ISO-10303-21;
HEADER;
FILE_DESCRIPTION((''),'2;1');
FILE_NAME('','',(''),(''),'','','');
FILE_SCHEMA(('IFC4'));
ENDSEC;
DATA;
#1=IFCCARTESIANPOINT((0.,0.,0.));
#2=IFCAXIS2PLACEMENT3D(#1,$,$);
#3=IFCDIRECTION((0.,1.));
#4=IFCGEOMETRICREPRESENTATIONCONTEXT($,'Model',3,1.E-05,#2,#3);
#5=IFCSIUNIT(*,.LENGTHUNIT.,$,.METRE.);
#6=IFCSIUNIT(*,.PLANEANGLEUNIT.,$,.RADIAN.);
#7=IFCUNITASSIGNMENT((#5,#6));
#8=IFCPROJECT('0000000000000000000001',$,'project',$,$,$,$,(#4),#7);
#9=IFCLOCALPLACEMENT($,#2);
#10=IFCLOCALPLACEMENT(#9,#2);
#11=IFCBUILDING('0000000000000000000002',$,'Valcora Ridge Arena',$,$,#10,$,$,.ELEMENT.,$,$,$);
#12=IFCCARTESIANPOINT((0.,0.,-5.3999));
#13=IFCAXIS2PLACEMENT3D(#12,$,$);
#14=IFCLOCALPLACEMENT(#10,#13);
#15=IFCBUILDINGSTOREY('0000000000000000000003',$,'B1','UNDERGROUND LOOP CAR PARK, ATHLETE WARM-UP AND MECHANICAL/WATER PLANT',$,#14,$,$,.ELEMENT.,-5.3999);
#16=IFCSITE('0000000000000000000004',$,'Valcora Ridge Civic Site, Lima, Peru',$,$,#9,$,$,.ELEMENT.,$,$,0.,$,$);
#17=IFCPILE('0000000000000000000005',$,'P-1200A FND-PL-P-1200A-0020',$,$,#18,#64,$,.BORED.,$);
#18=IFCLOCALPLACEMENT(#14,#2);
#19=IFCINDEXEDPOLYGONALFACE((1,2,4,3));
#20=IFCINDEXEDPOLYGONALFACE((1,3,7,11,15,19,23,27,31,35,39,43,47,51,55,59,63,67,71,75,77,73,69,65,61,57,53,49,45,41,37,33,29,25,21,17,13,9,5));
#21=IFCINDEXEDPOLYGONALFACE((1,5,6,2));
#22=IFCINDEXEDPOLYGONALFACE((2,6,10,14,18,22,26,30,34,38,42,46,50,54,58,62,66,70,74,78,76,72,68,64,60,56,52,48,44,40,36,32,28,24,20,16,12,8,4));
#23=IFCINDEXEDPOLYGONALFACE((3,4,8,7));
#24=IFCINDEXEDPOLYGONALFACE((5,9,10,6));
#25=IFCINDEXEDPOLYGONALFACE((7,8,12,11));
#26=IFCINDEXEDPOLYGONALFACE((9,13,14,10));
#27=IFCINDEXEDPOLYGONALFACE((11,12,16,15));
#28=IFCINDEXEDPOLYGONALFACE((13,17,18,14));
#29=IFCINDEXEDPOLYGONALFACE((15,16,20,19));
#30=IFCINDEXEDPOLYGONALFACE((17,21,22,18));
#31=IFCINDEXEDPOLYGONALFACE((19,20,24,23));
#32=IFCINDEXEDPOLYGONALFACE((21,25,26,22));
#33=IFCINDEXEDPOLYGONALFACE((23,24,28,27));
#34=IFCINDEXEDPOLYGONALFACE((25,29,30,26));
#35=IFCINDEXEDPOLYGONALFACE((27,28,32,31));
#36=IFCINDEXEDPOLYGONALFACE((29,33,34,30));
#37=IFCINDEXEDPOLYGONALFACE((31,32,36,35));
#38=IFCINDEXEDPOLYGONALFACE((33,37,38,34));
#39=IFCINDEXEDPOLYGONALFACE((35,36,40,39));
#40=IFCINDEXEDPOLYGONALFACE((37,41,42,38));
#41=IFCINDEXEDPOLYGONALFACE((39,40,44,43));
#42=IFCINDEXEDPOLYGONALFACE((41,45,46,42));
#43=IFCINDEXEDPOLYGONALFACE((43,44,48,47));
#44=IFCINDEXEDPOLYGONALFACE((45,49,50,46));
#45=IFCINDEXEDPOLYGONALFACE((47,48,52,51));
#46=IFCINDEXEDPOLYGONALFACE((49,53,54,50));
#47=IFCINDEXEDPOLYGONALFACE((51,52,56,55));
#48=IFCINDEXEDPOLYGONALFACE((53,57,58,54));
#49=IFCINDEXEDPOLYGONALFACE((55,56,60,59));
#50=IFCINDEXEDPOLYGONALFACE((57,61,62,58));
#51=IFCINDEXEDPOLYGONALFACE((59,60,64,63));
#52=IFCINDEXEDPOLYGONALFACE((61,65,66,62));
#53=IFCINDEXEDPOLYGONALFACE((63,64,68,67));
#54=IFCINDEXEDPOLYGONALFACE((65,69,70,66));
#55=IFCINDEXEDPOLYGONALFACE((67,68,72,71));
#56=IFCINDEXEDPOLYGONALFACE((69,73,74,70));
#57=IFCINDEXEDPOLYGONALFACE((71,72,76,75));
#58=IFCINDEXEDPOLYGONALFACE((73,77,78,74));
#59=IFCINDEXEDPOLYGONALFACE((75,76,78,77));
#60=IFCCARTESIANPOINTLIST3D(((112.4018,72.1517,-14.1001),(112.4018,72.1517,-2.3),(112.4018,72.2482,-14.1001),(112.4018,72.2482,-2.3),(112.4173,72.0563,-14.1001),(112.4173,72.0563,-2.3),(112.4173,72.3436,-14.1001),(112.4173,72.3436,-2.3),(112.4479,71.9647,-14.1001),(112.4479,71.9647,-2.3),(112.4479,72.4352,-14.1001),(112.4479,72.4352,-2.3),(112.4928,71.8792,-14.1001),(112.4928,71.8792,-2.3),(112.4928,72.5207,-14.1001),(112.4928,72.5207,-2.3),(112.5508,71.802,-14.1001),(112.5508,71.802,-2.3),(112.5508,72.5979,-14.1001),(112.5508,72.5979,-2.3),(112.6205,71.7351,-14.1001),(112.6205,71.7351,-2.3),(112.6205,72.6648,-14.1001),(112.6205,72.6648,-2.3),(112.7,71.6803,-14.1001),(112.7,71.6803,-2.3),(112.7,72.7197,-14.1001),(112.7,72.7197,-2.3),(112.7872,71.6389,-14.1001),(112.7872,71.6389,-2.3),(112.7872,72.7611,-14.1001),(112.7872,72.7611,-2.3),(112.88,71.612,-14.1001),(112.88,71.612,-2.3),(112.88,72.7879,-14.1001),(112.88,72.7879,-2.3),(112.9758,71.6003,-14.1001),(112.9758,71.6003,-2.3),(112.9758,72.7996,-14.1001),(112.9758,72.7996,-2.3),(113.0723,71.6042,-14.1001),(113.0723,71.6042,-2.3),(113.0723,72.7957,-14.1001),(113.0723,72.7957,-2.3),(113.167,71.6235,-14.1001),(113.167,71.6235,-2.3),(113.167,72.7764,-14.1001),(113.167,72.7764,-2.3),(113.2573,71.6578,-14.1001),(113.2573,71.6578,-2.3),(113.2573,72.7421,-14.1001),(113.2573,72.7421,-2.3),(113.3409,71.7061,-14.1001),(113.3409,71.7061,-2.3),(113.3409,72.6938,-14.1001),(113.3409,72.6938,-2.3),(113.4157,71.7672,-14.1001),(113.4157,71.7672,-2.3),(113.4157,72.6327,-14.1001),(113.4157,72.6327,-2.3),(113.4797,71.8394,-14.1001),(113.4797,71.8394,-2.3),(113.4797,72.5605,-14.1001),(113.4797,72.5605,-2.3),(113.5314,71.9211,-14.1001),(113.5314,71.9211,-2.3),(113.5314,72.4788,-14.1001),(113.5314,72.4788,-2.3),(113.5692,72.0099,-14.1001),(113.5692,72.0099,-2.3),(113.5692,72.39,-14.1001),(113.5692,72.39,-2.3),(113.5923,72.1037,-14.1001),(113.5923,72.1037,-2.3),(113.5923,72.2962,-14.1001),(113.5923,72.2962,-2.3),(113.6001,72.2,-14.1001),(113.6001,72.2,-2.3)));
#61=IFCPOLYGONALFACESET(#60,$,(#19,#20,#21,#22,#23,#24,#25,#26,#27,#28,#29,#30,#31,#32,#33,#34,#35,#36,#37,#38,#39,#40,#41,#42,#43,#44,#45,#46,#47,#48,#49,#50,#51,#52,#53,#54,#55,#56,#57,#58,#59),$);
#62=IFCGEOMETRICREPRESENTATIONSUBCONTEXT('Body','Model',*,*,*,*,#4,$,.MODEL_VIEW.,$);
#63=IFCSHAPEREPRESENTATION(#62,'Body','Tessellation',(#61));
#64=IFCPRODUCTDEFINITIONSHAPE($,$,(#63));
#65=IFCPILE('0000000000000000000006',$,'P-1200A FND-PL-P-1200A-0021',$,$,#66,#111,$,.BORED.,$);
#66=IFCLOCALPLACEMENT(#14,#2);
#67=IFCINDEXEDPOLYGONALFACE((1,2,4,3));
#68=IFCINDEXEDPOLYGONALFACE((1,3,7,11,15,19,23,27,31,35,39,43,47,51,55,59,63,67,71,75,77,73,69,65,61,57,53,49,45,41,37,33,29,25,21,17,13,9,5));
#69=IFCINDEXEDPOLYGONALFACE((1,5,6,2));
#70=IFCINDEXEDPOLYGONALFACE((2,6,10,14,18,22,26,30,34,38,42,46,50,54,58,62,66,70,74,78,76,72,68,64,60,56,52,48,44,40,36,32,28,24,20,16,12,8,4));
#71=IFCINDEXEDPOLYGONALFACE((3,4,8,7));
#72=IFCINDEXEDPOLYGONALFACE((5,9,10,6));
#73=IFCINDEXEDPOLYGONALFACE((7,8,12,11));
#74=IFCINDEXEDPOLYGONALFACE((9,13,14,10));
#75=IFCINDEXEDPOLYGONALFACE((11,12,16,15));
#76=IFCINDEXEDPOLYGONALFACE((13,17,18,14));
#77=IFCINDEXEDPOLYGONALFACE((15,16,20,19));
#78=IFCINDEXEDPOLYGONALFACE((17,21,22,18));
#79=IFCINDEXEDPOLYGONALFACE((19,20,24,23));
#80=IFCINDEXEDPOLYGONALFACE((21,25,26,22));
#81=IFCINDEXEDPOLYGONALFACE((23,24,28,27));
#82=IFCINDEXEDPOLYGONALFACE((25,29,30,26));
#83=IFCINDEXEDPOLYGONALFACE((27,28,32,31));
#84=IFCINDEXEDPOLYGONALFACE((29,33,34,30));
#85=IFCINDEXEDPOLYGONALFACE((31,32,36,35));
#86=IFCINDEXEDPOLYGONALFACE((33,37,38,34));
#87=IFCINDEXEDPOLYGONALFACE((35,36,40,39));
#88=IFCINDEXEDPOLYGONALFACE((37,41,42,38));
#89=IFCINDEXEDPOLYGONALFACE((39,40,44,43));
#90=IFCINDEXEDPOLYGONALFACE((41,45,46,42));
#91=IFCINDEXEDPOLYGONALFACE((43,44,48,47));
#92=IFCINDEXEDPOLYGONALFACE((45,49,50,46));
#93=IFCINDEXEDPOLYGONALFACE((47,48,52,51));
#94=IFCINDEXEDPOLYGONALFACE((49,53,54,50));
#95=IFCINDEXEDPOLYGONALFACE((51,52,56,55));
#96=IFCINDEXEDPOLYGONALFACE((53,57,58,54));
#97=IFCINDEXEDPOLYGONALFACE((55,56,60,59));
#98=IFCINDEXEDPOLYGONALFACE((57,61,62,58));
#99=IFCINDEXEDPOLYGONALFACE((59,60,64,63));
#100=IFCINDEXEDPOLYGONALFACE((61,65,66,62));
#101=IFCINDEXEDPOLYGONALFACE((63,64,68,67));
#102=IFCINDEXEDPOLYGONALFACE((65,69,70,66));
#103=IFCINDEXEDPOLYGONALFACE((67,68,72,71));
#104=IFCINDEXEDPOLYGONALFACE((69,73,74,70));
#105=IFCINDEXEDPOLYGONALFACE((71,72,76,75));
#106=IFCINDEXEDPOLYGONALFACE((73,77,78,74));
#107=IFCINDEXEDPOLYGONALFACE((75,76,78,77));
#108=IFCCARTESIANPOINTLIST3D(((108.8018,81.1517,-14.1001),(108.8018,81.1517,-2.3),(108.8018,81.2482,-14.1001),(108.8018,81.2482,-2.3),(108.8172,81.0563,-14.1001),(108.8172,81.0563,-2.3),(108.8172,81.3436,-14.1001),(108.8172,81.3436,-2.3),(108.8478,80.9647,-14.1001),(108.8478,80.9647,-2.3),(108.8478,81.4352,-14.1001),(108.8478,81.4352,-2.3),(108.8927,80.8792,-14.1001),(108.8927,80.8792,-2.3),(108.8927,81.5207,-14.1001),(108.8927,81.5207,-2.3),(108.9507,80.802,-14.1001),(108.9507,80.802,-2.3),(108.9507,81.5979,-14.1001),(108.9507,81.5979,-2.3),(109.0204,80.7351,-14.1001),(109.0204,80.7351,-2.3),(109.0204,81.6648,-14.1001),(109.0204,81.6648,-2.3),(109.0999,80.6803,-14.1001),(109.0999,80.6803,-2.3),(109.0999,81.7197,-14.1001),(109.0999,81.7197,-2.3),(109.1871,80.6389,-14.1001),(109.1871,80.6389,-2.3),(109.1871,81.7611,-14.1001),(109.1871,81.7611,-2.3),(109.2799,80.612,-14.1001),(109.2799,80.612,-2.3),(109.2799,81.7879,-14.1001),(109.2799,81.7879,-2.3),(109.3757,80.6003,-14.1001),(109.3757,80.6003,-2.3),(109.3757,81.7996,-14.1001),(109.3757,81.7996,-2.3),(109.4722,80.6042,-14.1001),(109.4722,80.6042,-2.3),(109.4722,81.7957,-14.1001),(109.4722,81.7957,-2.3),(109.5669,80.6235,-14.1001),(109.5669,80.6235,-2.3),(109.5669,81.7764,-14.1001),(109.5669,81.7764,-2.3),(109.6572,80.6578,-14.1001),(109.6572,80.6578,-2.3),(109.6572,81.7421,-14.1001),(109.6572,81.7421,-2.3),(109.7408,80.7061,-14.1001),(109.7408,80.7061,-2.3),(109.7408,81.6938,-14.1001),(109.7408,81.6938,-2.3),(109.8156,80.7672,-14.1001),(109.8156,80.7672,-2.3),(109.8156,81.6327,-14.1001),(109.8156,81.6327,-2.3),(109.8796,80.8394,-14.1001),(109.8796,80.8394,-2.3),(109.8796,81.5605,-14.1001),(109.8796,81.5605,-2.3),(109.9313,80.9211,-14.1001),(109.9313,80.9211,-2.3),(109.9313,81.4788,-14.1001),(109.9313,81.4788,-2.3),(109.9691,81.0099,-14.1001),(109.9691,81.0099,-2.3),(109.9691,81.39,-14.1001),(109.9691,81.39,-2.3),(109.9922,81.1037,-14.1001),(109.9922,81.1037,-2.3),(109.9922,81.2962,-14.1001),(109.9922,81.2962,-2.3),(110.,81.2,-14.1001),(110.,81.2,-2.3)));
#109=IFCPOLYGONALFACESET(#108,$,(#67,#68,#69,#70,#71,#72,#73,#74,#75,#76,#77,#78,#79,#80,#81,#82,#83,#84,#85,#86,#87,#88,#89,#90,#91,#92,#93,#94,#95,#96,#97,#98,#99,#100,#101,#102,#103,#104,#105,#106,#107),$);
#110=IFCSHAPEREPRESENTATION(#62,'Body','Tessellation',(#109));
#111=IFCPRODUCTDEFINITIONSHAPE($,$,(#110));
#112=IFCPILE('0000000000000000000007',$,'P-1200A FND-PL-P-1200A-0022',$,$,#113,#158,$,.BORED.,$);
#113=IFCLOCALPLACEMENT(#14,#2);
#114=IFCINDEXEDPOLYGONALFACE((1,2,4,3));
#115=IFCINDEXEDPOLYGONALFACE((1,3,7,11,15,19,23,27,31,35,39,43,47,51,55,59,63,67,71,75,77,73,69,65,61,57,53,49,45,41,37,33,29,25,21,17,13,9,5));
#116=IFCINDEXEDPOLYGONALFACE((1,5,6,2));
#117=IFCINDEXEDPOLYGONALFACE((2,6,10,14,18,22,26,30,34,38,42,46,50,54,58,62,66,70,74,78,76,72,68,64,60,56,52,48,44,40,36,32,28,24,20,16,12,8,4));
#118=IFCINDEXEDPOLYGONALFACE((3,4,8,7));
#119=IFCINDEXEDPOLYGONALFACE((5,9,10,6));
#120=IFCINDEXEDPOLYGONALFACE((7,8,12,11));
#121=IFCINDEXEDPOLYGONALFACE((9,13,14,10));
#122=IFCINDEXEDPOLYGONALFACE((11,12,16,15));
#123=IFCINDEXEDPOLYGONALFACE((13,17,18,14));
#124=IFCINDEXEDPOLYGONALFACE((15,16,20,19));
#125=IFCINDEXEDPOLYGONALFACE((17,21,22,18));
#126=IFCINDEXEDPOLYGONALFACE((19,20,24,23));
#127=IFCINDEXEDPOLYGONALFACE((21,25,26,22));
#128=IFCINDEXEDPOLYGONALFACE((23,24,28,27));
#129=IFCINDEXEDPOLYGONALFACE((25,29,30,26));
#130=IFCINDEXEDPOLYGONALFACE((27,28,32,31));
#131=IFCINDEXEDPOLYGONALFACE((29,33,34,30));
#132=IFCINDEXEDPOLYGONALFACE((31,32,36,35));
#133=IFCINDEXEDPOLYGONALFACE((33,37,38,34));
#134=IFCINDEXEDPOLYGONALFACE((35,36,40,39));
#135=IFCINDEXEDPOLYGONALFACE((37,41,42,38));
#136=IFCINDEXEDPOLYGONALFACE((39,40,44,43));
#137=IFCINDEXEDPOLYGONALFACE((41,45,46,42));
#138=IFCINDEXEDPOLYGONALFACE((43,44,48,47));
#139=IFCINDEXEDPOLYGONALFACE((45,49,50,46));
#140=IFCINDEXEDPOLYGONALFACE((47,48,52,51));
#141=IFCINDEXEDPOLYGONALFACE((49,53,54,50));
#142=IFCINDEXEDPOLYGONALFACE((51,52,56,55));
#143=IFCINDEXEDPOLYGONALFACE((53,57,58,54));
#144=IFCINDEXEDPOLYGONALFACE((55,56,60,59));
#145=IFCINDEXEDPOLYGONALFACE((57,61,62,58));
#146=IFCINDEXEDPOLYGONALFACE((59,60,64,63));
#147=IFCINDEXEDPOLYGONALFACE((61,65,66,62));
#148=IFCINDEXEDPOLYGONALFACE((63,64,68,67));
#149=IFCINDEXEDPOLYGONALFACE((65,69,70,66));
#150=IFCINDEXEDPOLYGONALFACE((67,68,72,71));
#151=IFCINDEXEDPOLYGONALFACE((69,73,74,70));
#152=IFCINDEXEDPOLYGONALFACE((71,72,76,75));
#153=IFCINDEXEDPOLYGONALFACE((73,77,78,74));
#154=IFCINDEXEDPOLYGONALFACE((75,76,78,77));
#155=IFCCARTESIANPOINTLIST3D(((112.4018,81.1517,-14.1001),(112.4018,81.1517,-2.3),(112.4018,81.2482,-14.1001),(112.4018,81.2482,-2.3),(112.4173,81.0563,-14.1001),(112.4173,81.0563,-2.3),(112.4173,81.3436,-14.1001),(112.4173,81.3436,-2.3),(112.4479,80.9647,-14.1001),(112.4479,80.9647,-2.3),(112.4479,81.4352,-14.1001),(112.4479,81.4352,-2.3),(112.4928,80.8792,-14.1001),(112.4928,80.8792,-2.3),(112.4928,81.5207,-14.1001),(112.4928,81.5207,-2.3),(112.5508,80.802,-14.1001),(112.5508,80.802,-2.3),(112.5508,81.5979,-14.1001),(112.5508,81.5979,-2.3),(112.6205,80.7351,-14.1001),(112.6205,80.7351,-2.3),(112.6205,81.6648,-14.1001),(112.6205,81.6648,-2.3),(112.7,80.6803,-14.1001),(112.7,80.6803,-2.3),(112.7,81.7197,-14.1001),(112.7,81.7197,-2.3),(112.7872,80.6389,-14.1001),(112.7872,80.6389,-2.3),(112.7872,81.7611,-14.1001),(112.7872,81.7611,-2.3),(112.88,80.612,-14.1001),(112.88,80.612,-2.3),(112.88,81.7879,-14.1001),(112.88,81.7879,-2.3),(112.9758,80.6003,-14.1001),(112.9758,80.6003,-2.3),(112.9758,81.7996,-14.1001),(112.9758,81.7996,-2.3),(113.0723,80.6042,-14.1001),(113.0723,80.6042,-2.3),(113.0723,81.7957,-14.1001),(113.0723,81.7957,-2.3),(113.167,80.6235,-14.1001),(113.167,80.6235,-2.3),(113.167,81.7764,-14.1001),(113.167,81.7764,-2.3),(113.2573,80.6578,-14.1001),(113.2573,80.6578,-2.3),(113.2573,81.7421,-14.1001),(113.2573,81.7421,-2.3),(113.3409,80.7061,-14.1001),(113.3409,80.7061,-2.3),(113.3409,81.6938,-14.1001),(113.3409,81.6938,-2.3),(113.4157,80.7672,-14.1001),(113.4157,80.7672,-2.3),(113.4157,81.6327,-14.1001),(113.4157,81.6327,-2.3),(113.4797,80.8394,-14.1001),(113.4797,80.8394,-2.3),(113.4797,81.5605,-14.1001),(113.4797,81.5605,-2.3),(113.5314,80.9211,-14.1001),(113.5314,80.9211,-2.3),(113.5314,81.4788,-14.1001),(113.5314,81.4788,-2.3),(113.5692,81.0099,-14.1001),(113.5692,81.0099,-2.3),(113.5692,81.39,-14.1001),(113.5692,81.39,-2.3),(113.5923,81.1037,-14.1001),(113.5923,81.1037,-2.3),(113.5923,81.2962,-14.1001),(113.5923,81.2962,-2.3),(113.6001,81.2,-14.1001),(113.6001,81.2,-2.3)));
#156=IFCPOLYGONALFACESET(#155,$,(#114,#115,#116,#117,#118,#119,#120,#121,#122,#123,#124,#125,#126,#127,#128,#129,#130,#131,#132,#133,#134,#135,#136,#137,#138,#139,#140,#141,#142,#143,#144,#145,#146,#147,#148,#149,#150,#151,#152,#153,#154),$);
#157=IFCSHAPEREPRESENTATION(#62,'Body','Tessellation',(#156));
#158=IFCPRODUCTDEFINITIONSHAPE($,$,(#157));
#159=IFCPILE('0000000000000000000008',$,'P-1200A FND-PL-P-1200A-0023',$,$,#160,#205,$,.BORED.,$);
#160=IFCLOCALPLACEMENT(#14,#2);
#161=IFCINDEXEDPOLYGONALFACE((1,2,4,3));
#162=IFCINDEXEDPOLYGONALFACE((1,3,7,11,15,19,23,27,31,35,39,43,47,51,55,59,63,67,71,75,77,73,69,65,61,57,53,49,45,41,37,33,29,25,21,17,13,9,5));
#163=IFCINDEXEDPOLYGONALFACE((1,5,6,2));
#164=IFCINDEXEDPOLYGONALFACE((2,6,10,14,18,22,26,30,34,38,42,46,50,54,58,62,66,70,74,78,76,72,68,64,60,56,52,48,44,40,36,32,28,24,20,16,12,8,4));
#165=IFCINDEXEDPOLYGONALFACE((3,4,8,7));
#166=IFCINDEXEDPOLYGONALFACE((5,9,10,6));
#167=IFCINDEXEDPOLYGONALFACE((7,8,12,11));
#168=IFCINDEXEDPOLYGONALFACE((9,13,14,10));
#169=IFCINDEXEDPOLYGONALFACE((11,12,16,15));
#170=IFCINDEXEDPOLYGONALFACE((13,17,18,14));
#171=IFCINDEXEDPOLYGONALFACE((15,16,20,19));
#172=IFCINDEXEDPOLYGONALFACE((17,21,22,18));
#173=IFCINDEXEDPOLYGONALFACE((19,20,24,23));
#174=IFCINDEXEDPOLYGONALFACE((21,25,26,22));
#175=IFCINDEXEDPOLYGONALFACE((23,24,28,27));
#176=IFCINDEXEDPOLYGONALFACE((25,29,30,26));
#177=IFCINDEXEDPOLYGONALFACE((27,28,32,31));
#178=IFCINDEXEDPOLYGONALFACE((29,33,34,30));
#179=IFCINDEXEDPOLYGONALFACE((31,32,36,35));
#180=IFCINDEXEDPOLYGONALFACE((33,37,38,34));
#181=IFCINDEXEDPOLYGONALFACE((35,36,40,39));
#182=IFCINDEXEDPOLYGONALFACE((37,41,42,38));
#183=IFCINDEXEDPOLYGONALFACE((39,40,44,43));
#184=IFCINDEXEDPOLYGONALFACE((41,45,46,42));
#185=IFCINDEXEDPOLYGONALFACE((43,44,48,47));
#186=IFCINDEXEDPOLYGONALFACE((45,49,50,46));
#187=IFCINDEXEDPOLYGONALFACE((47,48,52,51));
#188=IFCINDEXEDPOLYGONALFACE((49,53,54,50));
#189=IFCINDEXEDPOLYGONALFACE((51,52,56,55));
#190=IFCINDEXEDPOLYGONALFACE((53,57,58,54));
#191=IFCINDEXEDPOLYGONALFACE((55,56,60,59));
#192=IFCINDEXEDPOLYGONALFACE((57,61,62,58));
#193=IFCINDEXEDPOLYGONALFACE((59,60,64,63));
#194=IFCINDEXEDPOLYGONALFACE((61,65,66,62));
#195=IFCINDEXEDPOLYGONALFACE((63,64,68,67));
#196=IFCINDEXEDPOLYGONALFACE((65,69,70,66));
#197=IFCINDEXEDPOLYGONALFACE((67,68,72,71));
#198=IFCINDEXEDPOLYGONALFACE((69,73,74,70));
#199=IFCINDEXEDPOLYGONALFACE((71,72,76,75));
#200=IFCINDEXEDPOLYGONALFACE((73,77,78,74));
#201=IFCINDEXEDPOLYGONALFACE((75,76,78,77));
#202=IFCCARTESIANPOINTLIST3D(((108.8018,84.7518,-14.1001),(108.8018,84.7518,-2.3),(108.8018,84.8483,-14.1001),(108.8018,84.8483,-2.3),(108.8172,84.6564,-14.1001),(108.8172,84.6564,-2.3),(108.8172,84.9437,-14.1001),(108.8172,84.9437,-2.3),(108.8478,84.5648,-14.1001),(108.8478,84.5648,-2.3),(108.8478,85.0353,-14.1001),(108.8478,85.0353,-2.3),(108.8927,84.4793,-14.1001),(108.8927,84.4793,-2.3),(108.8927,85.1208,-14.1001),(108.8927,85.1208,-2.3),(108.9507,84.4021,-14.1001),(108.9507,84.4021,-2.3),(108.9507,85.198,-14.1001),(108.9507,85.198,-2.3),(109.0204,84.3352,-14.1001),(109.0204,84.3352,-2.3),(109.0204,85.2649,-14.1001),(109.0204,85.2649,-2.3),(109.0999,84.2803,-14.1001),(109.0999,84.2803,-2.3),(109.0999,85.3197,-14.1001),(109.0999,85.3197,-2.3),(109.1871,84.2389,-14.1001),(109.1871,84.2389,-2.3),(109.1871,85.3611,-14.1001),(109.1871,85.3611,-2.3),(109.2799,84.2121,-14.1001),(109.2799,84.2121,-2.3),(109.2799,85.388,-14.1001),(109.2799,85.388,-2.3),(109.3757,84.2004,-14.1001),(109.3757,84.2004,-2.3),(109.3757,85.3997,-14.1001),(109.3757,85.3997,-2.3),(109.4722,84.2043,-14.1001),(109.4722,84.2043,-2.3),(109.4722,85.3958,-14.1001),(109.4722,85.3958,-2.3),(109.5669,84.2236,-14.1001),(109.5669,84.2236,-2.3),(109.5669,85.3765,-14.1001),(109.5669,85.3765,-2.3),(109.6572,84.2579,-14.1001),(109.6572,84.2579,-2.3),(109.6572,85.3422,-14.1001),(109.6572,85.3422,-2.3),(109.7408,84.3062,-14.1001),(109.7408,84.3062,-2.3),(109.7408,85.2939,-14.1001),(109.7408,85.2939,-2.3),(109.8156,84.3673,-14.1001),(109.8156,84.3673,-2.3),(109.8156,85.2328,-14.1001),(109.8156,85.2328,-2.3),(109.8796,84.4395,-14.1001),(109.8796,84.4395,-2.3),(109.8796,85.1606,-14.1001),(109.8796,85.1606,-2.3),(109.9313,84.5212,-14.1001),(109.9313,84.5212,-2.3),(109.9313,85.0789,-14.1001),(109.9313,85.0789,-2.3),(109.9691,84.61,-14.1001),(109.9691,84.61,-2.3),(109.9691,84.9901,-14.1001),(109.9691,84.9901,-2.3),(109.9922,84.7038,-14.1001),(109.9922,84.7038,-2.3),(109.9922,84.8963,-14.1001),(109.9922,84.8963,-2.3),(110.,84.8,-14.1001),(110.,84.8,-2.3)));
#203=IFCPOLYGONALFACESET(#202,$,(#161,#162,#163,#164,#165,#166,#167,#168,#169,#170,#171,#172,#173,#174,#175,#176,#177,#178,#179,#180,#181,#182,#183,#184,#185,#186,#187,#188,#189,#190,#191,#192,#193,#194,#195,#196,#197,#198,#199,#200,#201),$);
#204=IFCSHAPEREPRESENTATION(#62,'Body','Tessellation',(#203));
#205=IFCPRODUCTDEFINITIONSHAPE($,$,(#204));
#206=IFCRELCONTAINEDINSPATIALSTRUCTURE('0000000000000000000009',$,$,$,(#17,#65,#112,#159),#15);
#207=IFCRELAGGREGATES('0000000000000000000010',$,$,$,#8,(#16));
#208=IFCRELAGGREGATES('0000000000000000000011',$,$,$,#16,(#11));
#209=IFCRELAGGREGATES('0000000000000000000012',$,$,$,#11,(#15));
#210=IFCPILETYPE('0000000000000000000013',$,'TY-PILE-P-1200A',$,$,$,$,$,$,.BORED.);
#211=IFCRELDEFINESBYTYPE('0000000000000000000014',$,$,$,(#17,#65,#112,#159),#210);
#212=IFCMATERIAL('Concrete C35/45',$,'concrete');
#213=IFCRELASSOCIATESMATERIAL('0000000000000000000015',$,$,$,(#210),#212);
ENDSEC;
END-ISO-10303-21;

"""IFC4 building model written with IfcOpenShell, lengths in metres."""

from ifc_helpers import new_model, si_unit, direction, frame, origin, origin_2d, place, context, subcontext, project, spatial, circle, extrude, material, material_profile, profile_set, type_object, element, save


model = new_model("IFC4")

# Units and contexts
model_context = context("Model", 3, precision=1e-05, world=origin(), true_north=direction((0.0, 1.0)))
body_context = subcontext(model_context, "Body", "Model", "MODEL_VIEW")
ifc_project = project(units=[si_unit("LENGTHUNIT", "METRE"), si_unit("PLANEANGLEUNIT", "RADIAN")], contexts=[model_context])

# Site, building, storey
site_placement = place(None, origin())
site = spatial("IfcSite", under=ifc_project, at=site_placement, Name="Valcora Ridge Civic Site, Lima, Peru", CompositionType="ELEMENT", RefElevation=0.0)
building_placement = place(site_placement, origin())
building = spatial("IfcBuilding", under=site, at=building_placement, Name="Valcora Ridge Arena", CompositionType="ELEMENT")
storey_placement = place(building_placement, frame((0.0, 0.0, -5.3999)))
storey = spatial("IfcBuildingStorey", under=building, at=storey_placement, Name="B1", Description="UNDERGROUND LOOP CAR PARK, ATHLETE WARM-UP AND MECHANICAL/WATER PLANT", CompositionType="ELEMENT", Elevation=-5.3999)

# Piles
ifc_material_1 = material(Name="Concrete C35/45", Category="concrete")
ifc_material_profile_1 = material_profile(ifc_material_1, circle(Radius=0.6001, at=origin_2d()), Name="BORED PILE D1200")
ifc_profile_set_1 = profile_set([ifc_material_profile_1], Name="Concrete C35/45")
pile_type_1 = type_object("IfcPileType", Name="TY-PILE-P-1200A", PredefinedType="BORED", material=ifc_profile_set_1)
for number, where, z_axis, x_axis, name in (
    (1, (113.0, 72.2, -2.3), (0.0, 0.0, -1.0), (1.0, 0.0, 0.0), "P-1200A FND-PL-P-1200A-0020"),
    (2, (109.3999, 81.2, -2.3), (0.0, 0.0, -1.0), (1.0, 0.0, 0.0), "P-1200A FND-PL-P-1200A-0021"),
    (3, (113.0, 81.2, -2.3), (0.0, 0.0, -1.0), (1.0, 0.0, 0.0), "P-1200A FND-PL-P-1200A-0022"),
    (4, (109.3999, 84.8, -2.3), (0.0, 0.0, -1.0), (1.0, 0.0, 0.0), "P-1200A FND-PL-P-1200A-0023"),
):
    element("IfcPile", number, at=place(storey_placement, frame(where, z_axis=z_axis, x_axis=x_axis)), inside=storey, type_object=pile_type_1, Name=name, PredefinedType="BORED", context=body_context, shape_type="SweptSolid", body=[
        extrude(circle(Radius=0.6001, at=origin_2d()), origin(), (0.0, 0.0, 1.0), 11.8),
    ])

save(model, "model.ifc")
